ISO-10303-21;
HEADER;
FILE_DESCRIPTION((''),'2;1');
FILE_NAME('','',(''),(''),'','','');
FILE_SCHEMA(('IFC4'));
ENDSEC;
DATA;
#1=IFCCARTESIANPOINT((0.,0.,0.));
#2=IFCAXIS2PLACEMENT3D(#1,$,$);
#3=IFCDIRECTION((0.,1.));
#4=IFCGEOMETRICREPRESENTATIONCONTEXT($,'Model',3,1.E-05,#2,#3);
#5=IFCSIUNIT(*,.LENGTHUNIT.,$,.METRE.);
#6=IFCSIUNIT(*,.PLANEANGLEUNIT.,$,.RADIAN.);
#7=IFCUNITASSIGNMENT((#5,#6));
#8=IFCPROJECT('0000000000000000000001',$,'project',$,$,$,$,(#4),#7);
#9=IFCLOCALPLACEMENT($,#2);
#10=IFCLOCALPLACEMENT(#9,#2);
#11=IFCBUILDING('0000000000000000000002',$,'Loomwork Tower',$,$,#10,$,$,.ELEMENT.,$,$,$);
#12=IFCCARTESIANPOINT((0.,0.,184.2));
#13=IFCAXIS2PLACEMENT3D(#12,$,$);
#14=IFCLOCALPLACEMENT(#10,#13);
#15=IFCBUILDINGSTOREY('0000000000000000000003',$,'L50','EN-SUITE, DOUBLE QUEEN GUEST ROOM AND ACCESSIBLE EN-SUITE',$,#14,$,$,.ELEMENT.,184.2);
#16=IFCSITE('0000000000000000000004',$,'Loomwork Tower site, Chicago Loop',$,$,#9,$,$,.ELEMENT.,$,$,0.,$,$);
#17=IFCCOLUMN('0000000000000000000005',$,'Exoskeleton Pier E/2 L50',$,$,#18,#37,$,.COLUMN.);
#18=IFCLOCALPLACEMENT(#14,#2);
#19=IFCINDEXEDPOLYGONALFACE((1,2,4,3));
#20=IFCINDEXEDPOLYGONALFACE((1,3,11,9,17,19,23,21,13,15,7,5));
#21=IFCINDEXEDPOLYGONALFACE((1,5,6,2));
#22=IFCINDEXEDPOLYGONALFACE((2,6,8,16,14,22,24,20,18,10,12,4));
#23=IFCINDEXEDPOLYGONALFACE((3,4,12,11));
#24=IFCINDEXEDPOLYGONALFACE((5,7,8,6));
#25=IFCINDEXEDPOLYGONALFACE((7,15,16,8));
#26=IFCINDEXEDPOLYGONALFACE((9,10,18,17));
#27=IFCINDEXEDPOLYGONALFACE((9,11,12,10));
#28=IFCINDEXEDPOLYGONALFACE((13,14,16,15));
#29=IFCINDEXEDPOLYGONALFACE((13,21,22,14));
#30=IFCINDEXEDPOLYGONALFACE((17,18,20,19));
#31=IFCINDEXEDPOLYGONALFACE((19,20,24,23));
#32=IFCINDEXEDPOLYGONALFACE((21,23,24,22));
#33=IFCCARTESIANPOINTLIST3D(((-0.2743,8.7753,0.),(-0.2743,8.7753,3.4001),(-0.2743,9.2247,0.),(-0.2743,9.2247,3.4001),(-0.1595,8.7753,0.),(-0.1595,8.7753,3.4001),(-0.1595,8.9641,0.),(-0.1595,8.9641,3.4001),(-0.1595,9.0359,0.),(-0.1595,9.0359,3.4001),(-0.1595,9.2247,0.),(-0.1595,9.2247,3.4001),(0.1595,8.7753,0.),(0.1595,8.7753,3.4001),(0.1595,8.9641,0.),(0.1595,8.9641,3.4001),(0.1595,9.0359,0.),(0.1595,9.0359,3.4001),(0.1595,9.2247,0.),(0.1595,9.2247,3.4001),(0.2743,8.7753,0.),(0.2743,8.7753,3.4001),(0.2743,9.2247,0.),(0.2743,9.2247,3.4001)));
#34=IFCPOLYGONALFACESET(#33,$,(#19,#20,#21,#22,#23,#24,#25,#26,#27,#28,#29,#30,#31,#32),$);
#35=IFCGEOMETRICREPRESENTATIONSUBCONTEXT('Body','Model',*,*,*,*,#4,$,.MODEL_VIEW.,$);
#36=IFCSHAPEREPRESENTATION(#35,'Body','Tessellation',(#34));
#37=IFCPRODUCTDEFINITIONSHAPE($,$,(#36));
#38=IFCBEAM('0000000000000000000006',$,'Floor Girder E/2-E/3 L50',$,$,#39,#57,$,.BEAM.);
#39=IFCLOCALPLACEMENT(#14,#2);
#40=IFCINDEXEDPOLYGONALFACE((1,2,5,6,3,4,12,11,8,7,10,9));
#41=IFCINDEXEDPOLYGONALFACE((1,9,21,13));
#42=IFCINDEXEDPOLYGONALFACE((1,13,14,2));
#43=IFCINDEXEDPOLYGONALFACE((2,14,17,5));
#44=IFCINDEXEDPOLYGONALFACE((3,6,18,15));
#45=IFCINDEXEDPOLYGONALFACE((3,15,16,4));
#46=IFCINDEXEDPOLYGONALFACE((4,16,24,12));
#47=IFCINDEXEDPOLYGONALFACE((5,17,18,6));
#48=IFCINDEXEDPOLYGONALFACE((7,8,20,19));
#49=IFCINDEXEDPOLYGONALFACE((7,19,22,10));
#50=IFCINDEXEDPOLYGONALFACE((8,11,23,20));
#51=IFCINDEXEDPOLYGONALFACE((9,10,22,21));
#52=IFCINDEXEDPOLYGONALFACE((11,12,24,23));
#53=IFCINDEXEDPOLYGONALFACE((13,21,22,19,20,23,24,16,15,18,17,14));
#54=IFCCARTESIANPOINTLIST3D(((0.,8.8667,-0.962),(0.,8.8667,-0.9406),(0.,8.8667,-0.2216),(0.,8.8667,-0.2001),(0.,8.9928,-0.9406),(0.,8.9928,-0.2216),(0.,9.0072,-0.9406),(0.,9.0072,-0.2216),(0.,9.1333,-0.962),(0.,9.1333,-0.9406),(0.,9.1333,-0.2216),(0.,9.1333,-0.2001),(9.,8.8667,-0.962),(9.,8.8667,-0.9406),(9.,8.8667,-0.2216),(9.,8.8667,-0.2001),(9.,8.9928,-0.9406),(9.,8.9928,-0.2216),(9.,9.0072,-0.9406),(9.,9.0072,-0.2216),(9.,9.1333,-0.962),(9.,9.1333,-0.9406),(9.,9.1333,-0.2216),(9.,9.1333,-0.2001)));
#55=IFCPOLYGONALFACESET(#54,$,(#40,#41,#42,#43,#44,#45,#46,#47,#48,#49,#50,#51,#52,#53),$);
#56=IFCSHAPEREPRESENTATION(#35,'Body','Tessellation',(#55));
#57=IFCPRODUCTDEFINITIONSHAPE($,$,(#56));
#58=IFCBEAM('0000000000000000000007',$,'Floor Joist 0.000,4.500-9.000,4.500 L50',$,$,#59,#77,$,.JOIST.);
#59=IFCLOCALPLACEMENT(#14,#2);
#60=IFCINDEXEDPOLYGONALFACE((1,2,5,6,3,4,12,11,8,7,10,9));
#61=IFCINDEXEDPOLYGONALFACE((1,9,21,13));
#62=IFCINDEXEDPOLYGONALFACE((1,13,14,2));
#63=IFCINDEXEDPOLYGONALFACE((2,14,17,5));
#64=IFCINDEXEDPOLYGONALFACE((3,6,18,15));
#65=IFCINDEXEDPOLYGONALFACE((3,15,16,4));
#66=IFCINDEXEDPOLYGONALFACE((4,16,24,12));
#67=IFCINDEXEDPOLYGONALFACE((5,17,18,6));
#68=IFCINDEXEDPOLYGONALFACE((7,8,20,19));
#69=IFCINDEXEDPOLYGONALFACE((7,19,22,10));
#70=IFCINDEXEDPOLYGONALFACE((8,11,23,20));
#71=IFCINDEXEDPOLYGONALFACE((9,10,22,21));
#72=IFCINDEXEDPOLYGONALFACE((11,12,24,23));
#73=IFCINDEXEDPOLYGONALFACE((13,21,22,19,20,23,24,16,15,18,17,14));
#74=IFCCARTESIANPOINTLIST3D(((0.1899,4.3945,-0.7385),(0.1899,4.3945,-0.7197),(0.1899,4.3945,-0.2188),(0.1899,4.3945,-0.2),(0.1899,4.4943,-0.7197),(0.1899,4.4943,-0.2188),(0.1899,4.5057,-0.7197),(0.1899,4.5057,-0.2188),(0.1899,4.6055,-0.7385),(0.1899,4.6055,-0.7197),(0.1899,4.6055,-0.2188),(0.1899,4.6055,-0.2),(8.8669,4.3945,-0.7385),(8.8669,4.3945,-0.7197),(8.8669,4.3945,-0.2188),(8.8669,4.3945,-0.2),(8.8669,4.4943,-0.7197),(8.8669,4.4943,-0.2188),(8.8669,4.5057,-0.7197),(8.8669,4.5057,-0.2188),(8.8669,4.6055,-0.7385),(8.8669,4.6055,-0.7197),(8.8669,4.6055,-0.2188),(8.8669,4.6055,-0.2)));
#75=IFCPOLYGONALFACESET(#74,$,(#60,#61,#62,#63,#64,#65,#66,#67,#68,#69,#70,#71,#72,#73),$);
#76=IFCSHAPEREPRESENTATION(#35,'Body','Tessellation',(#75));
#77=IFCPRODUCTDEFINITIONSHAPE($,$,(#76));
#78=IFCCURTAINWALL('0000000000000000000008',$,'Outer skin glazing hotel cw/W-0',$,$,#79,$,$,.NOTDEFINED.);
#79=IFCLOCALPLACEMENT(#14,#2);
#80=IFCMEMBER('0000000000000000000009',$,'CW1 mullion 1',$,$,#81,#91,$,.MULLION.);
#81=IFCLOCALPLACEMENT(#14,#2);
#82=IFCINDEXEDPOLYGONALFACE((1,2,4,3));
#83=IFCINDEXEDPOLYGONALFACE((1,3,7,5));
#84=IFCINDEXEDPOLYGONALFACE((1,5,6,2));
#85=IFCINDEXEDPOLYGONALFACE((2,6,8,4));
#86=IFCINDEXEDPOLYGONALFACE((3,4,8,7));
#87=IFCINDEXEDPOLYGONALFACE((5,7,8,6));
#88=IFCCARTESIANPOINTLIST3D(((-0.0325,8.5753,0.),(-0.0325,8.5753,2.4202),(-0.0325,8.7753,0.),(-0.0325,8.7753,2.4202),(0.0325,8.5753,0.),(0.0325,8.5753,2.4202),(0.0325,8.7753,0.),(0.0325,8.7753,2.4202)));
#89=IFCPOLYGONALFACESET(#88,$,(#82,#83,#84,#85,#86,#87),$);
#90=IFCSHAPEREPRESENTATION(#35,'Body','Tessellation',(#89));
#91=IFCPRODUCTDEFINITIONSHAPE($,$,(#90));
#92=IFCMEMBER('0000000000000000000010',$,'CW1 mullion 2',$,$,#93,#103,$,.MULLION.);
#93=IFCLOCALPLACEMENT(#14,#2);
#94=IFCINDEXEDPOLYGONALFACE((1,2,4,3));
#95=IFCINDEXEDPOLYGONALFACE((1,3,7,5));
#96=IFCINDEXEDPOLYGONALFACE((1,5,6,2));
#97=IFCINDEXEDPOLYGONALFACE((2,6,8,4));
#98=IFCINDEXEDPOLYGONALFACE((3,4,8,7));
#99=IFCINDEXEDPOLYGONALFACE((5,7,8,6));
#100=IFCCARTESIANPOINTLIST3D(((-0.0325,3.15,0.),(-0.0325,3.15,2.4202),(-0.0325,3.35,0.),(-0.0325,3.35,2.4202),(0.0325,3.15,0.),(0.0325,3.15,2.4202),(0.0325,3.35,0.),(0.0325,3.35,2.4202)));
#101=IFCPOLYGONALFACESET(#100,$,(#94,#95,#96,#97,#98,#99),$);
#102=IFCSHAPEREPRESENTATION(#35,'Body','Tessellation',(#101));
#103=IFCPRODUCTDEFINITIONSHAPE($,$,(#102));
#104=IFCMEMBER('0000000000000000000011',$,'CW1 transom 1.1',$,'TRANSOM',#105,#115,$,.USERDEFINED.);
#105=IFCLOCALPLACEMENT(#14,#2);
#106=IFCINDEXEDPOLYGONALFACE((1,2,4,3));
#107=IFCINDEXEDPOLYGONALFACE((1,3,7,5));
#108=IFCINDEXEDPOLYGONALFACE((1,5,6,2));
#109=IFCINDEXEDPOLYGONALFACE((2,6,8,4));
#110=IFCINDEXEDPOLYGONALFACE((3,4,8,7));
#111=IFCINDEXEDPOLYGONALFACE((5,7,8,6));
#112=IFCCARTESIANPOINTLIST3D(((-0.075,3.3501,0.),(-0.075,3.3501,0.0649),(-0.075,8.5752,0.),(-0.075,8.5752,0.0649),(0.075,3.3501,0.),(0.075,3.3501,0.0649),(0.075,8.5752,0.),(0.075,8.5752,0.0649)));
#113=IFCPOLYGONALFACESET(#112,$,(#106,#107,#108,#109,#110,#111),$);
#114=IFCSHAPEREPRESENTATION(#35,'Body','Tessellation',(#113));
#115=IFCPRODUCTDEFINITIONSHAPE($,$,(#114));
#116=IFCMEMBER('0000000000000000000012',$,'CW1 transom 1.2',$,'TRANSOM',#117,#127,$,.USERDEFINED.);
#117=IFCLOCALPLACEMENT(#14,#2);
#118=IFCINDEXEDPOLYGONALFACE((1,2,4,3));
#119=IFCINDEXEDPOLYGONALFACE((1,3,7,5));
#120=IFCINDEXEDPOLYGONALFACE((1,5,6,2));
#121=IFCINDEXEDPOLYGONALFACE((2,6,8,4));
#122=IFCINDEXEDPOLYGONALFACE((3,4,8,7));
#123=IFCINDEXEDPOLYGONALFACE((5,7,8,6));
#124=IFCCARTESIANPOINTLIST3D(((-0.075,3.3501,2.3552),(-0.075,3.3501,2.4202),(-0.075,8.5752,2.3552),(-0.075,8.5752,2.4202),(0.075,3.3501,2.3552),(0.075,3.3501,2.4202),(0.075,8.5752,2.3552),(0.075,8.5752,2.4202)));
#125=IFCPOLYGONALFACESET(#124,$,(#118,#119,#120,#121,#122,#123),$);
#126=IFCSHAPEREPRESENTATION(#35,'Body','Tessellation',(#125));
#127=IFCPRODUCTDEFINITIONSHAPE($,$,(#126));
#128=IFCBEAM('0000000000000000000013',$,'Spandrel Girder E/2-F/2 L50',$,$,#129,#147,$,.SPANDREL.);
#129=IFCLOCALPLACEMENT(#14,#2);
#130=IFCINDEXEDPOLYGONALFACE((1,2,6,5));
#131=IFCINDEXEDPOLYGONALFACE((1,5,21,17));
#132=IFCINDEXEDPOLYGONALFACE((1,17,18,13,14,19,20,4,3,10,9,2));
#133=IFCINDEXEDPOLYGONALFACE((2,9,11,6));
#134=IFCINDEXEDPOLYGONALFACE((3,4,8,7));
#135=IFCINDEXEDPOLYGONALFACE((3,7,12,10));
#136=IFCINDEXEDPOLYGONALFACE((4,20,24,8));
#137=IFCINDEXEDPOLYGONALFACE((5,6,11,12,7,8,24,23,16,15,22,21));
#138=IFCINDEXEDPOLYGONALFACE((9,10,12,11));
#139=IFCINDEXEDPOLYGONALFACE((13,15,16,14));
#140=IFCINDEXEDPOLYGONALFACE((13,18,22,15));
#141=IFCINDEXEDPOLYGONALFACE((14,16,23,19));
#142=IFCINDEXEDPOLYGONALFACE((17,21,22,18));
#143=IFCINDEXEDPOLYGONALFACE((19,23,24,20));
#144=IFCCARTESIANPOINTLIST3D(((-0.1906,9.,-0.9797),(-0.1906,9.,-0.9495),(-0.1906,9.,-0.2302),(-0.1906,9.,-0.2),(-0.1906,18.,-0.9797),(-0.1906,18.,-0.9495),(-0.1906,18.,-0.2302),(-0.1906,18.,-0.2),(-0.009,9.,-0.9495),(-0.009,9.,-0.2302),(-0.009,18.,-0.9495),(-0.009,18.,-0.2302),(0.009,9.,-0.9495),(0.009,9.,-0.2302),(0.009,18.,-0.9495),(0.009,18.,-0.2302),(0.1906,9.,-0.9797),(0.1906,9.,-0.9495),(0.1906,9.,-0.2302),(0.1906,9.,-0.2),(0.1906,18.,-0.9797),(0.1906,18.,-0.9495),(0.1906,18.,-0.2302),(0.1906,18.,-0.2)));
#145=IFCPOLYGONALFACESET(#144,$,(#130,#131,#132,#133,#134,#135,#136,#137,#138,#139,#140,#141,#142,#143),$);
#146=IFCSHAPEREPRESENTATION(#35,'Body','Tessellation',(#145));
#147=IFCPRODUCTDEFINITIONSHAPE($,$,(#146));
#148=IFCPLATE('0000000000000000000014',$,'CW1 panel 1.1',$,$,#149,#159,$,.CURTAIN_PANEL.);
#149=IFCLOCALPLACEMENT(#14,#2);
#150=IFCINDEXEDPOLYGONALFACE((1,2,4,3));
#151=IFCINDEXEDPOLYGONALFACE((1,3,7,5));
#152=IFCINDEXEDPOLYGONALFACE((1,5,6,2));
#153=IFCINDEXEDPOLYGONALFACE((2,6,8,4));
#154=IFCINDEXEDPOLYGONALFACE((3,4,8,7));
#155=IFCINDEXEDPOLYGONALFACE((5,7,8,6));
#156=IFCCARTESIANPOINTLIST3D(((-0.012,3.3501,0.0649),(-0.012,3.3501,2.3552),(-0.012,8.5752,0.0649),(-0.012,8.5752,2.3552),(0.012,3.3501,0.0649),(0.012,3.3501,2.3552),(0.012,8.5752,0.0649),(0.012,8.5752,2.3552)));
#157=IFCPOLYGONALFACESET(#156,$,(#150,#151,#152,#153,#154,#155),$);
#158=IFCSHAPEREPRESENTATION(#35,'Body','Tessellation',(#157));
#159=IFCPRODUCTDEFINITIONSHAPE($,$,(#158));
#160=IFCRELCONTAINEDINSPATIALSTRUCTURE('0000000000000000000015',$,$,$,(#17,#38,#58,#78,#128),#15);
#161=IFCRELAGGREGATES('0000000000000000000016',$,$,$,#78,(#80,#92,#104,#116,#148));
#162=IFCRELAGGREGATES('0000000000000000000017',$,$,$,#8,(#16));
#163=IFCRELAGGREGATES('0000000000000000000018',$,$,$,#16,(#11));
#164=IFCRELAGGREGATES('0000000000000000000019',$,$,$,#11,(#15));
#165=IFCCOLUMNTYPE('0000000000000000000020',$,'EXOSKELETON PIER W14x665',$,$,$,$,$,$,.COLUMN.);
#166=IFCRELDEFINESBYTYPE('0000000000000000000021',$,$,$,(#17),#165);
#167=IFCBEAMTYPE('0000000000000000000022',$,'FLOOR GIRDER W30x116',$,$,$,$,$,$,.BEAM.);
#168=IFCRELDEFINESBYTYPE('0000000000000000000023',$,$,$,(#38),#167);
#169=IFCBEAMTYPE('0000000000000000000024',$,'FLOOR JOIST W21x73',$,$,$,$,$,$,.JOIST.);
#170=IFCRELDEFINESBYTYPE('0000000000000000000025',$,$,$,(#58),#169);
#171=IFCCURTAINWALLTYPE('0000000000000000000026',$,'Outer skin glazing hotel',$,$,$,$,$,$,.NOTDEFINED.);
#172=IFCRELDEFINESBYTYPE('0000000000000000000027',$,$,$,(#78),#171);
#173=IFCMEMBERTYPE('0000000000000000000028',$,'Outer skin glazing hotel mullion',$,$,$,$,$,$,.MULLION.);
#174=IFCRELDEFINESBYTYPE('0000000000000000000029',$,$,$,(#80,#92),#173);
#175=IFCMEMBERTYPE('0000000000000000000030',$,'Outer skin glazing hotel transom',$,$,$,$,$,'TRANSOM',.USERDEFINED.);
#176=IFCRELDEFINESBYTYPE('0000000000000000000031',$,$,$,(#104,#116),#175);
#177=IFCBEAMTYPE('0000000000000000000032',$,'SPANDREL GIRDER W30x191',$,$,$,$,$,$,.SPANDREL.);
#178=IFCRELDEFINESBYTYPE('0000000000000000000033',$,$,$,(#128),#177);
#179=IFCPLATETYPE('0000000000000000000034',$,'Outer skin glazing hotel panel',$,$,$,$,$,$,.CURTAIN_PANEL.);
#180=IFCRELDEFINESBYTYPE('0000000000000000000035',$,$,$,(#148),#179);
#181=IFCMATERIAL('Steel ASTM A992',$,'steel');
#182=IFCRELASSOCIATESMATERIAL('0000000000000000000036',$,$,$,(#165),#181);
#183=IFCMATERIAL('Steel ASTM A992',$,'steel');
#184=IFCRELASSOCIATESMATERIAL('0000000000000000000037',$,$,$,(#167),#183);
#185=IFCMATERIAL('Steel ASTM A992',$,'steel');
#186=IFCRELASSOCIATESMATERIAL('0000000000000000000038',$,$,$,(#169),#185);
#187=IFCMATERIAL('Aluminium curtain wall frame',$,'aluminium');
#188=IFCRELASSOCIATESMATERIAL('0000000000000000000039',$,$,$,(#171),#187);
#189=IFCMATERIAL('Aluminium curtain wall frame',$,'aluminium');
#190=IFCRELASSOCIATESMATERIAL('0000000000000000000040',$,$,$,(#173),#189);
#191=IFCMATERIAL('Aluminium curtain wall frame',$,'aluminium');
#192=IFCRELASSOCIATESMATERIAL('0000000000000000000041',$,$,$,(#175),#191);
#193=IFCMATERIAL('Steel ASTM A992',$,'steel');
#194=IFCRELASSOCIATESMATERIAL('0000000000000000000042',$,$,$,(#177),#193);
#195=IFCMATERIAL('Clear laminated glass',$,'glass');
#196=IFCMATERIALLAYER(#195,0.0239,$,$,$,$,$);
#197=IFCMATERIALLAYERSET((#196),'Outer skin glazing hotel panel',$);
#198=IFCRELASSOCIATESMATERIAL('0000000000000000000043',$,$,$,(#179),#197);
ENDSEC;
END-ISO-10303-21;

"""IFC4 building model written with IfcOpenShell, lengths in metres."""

from ifc_helpers import new_model, si_unit, direction, frame, origin, origin_2d, place, context, subcontext, project, spatial, rectangle, i_section, extrude, material, layer, layer_set, material_profile, profile_set, type_object, element, aggregate, save


model = new_model("IFC4")

# Units and contexts
model_context = context("Model", 3, precision=1e-05, world=origin(), true_north=direction((0.0, 1.0)))
body_context = subcontext(model_context, "Body", "Model", "MODEL_VIEW")
ifc_project = project(units=[si_unit("LENGTHUNIT", "METRE"), si_unit("PLANEANGLEUNIT", "RADIAN")], contexts=[model_context])

# Site, building, storey
site_placement = place(None, origin())
site = spatial("IfcSite", under=ifc_project, at=site_placement, Name="Loomwork Tower site, Chicago Loop", CompositionType="ELEMENT", RefElevation=0.0)
building_placement = place(site_placement, origin())
building = spatial("IfcBuilding", under=site, at=building_placement, Name="Loomwork Tower", CompositionType="ELEMENT")
storey_placement = place(building_placement, frame((0.0, 0.0, 184.2)))
storey = spatial("IfcBuildingStorey", under=building, at=storey_placement, Name="L50", Description="EN-SUITE, DOUBLE QUEEN GUEST ROOM AND ACCESSIBLE EN-SUITE", CompositionType="ELEMENT", Elevation=184.2)

# Column
ifc_material_1 = material(Name="Steel ASTM A992", Category="steel")
ifc_material_profile_1 = material_profile(ifc_material_1, i_section(OverallWidth=0.4495, OverallDepth=0.5486, WebThickness=0.0718, FlangeThickness=0.1147, at=origin_2d()), Name="W14x665")
ifc_profile_set_1 = profile_set([ifc_material_profile_1], Name="Steel ASTM A992")
column_type = type_object("IfcColumnType", Name="EXOSKELETON PIER W14x665", PredefinedType="COLUMN", material=ifc_profile_set_1)
column_placement = place(storey_placement, frame((0.0, 9.0, 0.0), z_axis=(0.0, 0.0, 1.0), x_axis=(0.0, 1.0, 0.0)))
element("IfcColumn", 1, at=column_placement, inside=storey, type_object=column_type, Name="Exoskeleton Pier E/2 L50", PredefinedType="COLUMN", context=body_context, shape_type="SweptSolid", body=[
    extrude(i_section(OverallWidth=0.4495, OverallDepth=0.5486, WebThickness=0.0718, FlangeThickness=0.1147, at=origin_2d()), origin(), (0.0, 0.0, 1.0), 3.4001),
])

# Beams
ifc_material_2 = material(Name="Steel ASTM A992", Category="steel")
ifc_material_profile_2 = material_profile(ifc_material_2, i_section(OverallWidth=0.2666, OverallDepth=0.762, WebThickness=0.0144, FlangeThickness=0.0215, at=origin_2d()), Name="W30x116")
ifc_profile_set_2 = profile_set([ifc_material_profile_2], Name="Steel ASTM A992")
beam_type_1 = type_object("IfcBeamType", Name="FLOOR GIRDER W30x116", PredefinedType="BEAM", material=ifc_profile_set_2)
beam_1_placement = place(storey_placement, frame((0.0, 9.0, -0.5811), z_axis=(1.0, 0.0, 0.0), x_axis=(0.0, 1.0, 0.0)))
element("IfcBeam", 2, at=beam_1_placement, inside=storey, type_object=beam_type_1, Name="Floor Girder E/2-E/3 L50", PredefinedType="BEAM", context=body_context, shape_type="SweptSolid", body=[
    extrude(i_section(OverallWidth=0.2666, OverallDepth=0.762, WebThickness=0.0144, FlangeThickness=0.0215, at=origin_2d()), origin(), (0.0, 0.0, 1.0), 9.0),
])
ifc_material_3 = material(Name="Steel ASTM A992", Category="steel")
ifc_material_profile_3 = material_profile(ifc_material_3, i_section(OverallWidth=0.2109, OverallDepth=0.5386, WebThickness=0.0115, FlangeThickness=0.0188, at=origin_2d()), Name="W21x73")
ifc_profile_set_3 = profile_set([ifc_material_profile_3], Name="Steel ASTM A992")
beam_type_2 = type_object("IfcBeamType", Name="FLOOR JOIST W21x73", PredefinedType="JOIST", material=ifc_profile_set_3)
beam_2_placement = place(storey_placement, frame((0.1899, 4.5, -0.4692), z_axis=(1.0, 0.0, 0.0), x_axis=(0.0, 1.0, 0.0)))
element("IfcBeam", 3, at=beam_2_placement, inside=storey, type_object=beam_type_2, Name="Floor Joist 0.000,4.500-9.000,4.500 L50", PredefinedType="JOIST", context=body_context, shape_type="SweptSolid", body=[
    extrude(i_section(OverallWidth=0.2109, OverallDepth=0.5386, WebThickness=0.0115, FlangeThickness=0.0188, at=origin_2d()), origin(), (0.0, 0.0, 1.0), 8.677),
])

# Curtain wall, members
ifc_material_4 = material(Name="Aluminium curtain wall frame", Category="aluminium")
curtain_wall_type = type_object("IfcCurtainWallType", Name="Outer skin glazing hotel", PredefinedType="NOTDEFINED", material=ifc_material_4)
curtain_wall_placement = place(storey_placement, origin())
curtain_wall = element("IfcCurtainWall", 4, at=curtain_wall_placement, inside=storey, type_object=curtain_wall_type, Name="Outer skin glazing hotel cw/W-0", PredefinedType="NOTDEFINED")
ifc_material_5 = material(Name="Aluminium curtain wall frame", Category="aluminium")
ifc_material_profile_4 = material_profile(ifc_material_5, rectangle(XDim=0.0649, YDim=0.2, at=origin_2d()), Name="AL 65x200")
ifc_profile_set_4 = profile_set([ifc_material_profile_4], Name="Aluminium curtain wall frame")
member_type_1 = type_object("IfcMemberType", Name="Outer skin glazing hotel mullion", PredefinedType="MULLION", material=ifc_profile_set_4)
member_1_placement = place(storey_placement, frame((0.0, 8.6753, 0.0), z_axis=(0.0, 0.0, 1.0), x_axis=(1.0, 0.0, 0.0)))
member_1 = element("IfcMember", 5, at=member_1_placement, type_object=member_type_1, Name="CW1 mullion 1", PredefinedType="MULLION", context=body_context, shape_type="SweptSolid", body=[
    extrude(rectangle(XDim=0.0649, YDim=0.2, at=origin_2d()), origin(), (0.0, 0.0, 1.0), 2.4202),
])
member_2_placement = place(storey_placement, frame((0.0, 3.25, 0.0), z_axis=(0.0, 0.0, 1.0), x_axis=(1.0, 0.0, 0.0)))
member_2 = element("IfcMember", 6, at=member_2_placement, type_object=member_type_1, Name="CW1 mullion 2", PredefinedType="MULLION", context=body_context, shape_type="SweptSolid", body=[
    extrude(rectangle(XDim=0.0649, YDim=0.2, at=origin_2d()), origin(), (0.0, 0.0, 1.0), 2.4202),
])
ifc_material_6 = material(Name="Aluminium curtain wall frame", Category="aluminium")
ifc_material_profile_5 = material_profile(ifc_material_6, rectangle(XDim=0.1499, YDim=0.0649, at=origin_2d()), Name="AL 65x150")
ifc_profile_set_5 = profile_set([ifc_material_profile_5], Name="Aluminium curtain wall frame")
member_type_2 = type_object("IfcMemberType", Name="Outer skin glazing hotel transom", ElementType="TRANSOM", PredefinedType="USERDEFINED", material=ifc_profile_set_5)
member_3_placement = place(storey_placement, frame((0.0, 8.5752, 0.0325), z_axis=(0.0, -1.0, 0.0), x_axis=(1.0, 0.0, 0.0)))
member_3 = element("IfcMember", 7, at=member_3_placement, type_object=member_type_2, Name="CW1 transom 1.1", ObjectType="TRANSOM", PredefinedType="USERDEFINED", context=body_context, shape_type="SweptSolid", body=[
    extrude(rectangle(XDim=0.1499, YDim=0.0649, at=origin_2d()), origin(), (0.0, 0.0, 1.0), 5.2251),
])
member_4_placement = place(storey_placement, frame((0.0, 8.5752, 2.3877), z_axis=(0.0, -1.0, 0.0), x_axis=(1.0, 0.0, 0.0)))
member_4 = element("IfcMember", 8, at=member_4_placement, type_object=member_type_2, Name="CW1 transom 1.2", ObjectType="TRANSOM", PredefinedType="USERDEFINED", context=body_context, shape_type="SweptSolid", body=[
    extrude(rectangle(XDim=0.1499, YDim=0.0649, at=origin_2d()), origin(), (0.0, 0.0, 1.0), 5.2251),
])

# Beam
ifc_material_7 = material(Name="Steel ASTM A992", Category="steel")
ifc_material_profile_6 = material_profile(ifc_material_7, i_section(OverallWidth=0.3811, OverallDepth=0.7798, WebThickness=0.0181, FlangeThickness=0.0303, at=origin_2d()), Name="W30x191")
ifc_profile_set_6 = profile_set([ifc_material_profile_6], Name="Steel ASTM A992")
beam_type_3 = type_object("IfcBeamType", Name="SPANDREL GIRDER W30x191", PredefinedType="SPANDREL", material=ifc_profile_set_6)
beam_3_placement = place(storey_placement, frame((0.0, 9.0, -0.5898), z_axis=(0.0, 1.0, 0.0), x_axis=(-1.0, 0.0, 0.0)))
element("IfcBeam", 9, at=beam_3_placement, inside=storey, type_object=beam_type_3, Name="Spandrel Girder E/2-F/2 L50", PredefinedType="SPANDREL", context=body_context, shape_type="SweptSolid", body=[
    extrude(i_section(OverallWidth=0.3811, OverallDepth=0.7798, WebThickness=0.0181, FlangeThickness=0.0303, at=origin_2d()), origin(), (0.0, 0.0, 1.0), 9.0),
])

# Plate
ifc_material_8 = material(Name="Clear laminated glass", Category="glass")
ifc_layer_1 = layer(ifc_material_8, 0.0239)
ifc_layer_set_1 = layer_set([ifc_layer_1], Name="Outer skin glazing hotel panel")
plate_type = type_object("IfcPlateType", Name="Outer skin glazing hotel panel", PredefinedType="CURTAIN_PANEL", material=ifc_layer_set_1)
plate_placement = place(storey_placement, frame((0.0, 5.9626, 0.0649), z_axis=(0.0, 0.0, 1.0), x_axis=(0.0, -1.0, 0.0)))
plate = element("IfcPlate", 10, at=plate_placement, type_object=plate_type, Name="CW1 panel 1.1", PredefinedType="CURTAIN_PANEL", context=body_context, shape_type="SweptSolid", body=[
    extrude(rectangle(XDim=5.2251, YDim=0.0239, at=origin_2d()), origin(), (0.0, 0.0, 1.0), 2.2903),
])
aggregate(curtain_wall, [member_1, member_2, member_3, member_4, plate])

save(model, "model.ifc")
